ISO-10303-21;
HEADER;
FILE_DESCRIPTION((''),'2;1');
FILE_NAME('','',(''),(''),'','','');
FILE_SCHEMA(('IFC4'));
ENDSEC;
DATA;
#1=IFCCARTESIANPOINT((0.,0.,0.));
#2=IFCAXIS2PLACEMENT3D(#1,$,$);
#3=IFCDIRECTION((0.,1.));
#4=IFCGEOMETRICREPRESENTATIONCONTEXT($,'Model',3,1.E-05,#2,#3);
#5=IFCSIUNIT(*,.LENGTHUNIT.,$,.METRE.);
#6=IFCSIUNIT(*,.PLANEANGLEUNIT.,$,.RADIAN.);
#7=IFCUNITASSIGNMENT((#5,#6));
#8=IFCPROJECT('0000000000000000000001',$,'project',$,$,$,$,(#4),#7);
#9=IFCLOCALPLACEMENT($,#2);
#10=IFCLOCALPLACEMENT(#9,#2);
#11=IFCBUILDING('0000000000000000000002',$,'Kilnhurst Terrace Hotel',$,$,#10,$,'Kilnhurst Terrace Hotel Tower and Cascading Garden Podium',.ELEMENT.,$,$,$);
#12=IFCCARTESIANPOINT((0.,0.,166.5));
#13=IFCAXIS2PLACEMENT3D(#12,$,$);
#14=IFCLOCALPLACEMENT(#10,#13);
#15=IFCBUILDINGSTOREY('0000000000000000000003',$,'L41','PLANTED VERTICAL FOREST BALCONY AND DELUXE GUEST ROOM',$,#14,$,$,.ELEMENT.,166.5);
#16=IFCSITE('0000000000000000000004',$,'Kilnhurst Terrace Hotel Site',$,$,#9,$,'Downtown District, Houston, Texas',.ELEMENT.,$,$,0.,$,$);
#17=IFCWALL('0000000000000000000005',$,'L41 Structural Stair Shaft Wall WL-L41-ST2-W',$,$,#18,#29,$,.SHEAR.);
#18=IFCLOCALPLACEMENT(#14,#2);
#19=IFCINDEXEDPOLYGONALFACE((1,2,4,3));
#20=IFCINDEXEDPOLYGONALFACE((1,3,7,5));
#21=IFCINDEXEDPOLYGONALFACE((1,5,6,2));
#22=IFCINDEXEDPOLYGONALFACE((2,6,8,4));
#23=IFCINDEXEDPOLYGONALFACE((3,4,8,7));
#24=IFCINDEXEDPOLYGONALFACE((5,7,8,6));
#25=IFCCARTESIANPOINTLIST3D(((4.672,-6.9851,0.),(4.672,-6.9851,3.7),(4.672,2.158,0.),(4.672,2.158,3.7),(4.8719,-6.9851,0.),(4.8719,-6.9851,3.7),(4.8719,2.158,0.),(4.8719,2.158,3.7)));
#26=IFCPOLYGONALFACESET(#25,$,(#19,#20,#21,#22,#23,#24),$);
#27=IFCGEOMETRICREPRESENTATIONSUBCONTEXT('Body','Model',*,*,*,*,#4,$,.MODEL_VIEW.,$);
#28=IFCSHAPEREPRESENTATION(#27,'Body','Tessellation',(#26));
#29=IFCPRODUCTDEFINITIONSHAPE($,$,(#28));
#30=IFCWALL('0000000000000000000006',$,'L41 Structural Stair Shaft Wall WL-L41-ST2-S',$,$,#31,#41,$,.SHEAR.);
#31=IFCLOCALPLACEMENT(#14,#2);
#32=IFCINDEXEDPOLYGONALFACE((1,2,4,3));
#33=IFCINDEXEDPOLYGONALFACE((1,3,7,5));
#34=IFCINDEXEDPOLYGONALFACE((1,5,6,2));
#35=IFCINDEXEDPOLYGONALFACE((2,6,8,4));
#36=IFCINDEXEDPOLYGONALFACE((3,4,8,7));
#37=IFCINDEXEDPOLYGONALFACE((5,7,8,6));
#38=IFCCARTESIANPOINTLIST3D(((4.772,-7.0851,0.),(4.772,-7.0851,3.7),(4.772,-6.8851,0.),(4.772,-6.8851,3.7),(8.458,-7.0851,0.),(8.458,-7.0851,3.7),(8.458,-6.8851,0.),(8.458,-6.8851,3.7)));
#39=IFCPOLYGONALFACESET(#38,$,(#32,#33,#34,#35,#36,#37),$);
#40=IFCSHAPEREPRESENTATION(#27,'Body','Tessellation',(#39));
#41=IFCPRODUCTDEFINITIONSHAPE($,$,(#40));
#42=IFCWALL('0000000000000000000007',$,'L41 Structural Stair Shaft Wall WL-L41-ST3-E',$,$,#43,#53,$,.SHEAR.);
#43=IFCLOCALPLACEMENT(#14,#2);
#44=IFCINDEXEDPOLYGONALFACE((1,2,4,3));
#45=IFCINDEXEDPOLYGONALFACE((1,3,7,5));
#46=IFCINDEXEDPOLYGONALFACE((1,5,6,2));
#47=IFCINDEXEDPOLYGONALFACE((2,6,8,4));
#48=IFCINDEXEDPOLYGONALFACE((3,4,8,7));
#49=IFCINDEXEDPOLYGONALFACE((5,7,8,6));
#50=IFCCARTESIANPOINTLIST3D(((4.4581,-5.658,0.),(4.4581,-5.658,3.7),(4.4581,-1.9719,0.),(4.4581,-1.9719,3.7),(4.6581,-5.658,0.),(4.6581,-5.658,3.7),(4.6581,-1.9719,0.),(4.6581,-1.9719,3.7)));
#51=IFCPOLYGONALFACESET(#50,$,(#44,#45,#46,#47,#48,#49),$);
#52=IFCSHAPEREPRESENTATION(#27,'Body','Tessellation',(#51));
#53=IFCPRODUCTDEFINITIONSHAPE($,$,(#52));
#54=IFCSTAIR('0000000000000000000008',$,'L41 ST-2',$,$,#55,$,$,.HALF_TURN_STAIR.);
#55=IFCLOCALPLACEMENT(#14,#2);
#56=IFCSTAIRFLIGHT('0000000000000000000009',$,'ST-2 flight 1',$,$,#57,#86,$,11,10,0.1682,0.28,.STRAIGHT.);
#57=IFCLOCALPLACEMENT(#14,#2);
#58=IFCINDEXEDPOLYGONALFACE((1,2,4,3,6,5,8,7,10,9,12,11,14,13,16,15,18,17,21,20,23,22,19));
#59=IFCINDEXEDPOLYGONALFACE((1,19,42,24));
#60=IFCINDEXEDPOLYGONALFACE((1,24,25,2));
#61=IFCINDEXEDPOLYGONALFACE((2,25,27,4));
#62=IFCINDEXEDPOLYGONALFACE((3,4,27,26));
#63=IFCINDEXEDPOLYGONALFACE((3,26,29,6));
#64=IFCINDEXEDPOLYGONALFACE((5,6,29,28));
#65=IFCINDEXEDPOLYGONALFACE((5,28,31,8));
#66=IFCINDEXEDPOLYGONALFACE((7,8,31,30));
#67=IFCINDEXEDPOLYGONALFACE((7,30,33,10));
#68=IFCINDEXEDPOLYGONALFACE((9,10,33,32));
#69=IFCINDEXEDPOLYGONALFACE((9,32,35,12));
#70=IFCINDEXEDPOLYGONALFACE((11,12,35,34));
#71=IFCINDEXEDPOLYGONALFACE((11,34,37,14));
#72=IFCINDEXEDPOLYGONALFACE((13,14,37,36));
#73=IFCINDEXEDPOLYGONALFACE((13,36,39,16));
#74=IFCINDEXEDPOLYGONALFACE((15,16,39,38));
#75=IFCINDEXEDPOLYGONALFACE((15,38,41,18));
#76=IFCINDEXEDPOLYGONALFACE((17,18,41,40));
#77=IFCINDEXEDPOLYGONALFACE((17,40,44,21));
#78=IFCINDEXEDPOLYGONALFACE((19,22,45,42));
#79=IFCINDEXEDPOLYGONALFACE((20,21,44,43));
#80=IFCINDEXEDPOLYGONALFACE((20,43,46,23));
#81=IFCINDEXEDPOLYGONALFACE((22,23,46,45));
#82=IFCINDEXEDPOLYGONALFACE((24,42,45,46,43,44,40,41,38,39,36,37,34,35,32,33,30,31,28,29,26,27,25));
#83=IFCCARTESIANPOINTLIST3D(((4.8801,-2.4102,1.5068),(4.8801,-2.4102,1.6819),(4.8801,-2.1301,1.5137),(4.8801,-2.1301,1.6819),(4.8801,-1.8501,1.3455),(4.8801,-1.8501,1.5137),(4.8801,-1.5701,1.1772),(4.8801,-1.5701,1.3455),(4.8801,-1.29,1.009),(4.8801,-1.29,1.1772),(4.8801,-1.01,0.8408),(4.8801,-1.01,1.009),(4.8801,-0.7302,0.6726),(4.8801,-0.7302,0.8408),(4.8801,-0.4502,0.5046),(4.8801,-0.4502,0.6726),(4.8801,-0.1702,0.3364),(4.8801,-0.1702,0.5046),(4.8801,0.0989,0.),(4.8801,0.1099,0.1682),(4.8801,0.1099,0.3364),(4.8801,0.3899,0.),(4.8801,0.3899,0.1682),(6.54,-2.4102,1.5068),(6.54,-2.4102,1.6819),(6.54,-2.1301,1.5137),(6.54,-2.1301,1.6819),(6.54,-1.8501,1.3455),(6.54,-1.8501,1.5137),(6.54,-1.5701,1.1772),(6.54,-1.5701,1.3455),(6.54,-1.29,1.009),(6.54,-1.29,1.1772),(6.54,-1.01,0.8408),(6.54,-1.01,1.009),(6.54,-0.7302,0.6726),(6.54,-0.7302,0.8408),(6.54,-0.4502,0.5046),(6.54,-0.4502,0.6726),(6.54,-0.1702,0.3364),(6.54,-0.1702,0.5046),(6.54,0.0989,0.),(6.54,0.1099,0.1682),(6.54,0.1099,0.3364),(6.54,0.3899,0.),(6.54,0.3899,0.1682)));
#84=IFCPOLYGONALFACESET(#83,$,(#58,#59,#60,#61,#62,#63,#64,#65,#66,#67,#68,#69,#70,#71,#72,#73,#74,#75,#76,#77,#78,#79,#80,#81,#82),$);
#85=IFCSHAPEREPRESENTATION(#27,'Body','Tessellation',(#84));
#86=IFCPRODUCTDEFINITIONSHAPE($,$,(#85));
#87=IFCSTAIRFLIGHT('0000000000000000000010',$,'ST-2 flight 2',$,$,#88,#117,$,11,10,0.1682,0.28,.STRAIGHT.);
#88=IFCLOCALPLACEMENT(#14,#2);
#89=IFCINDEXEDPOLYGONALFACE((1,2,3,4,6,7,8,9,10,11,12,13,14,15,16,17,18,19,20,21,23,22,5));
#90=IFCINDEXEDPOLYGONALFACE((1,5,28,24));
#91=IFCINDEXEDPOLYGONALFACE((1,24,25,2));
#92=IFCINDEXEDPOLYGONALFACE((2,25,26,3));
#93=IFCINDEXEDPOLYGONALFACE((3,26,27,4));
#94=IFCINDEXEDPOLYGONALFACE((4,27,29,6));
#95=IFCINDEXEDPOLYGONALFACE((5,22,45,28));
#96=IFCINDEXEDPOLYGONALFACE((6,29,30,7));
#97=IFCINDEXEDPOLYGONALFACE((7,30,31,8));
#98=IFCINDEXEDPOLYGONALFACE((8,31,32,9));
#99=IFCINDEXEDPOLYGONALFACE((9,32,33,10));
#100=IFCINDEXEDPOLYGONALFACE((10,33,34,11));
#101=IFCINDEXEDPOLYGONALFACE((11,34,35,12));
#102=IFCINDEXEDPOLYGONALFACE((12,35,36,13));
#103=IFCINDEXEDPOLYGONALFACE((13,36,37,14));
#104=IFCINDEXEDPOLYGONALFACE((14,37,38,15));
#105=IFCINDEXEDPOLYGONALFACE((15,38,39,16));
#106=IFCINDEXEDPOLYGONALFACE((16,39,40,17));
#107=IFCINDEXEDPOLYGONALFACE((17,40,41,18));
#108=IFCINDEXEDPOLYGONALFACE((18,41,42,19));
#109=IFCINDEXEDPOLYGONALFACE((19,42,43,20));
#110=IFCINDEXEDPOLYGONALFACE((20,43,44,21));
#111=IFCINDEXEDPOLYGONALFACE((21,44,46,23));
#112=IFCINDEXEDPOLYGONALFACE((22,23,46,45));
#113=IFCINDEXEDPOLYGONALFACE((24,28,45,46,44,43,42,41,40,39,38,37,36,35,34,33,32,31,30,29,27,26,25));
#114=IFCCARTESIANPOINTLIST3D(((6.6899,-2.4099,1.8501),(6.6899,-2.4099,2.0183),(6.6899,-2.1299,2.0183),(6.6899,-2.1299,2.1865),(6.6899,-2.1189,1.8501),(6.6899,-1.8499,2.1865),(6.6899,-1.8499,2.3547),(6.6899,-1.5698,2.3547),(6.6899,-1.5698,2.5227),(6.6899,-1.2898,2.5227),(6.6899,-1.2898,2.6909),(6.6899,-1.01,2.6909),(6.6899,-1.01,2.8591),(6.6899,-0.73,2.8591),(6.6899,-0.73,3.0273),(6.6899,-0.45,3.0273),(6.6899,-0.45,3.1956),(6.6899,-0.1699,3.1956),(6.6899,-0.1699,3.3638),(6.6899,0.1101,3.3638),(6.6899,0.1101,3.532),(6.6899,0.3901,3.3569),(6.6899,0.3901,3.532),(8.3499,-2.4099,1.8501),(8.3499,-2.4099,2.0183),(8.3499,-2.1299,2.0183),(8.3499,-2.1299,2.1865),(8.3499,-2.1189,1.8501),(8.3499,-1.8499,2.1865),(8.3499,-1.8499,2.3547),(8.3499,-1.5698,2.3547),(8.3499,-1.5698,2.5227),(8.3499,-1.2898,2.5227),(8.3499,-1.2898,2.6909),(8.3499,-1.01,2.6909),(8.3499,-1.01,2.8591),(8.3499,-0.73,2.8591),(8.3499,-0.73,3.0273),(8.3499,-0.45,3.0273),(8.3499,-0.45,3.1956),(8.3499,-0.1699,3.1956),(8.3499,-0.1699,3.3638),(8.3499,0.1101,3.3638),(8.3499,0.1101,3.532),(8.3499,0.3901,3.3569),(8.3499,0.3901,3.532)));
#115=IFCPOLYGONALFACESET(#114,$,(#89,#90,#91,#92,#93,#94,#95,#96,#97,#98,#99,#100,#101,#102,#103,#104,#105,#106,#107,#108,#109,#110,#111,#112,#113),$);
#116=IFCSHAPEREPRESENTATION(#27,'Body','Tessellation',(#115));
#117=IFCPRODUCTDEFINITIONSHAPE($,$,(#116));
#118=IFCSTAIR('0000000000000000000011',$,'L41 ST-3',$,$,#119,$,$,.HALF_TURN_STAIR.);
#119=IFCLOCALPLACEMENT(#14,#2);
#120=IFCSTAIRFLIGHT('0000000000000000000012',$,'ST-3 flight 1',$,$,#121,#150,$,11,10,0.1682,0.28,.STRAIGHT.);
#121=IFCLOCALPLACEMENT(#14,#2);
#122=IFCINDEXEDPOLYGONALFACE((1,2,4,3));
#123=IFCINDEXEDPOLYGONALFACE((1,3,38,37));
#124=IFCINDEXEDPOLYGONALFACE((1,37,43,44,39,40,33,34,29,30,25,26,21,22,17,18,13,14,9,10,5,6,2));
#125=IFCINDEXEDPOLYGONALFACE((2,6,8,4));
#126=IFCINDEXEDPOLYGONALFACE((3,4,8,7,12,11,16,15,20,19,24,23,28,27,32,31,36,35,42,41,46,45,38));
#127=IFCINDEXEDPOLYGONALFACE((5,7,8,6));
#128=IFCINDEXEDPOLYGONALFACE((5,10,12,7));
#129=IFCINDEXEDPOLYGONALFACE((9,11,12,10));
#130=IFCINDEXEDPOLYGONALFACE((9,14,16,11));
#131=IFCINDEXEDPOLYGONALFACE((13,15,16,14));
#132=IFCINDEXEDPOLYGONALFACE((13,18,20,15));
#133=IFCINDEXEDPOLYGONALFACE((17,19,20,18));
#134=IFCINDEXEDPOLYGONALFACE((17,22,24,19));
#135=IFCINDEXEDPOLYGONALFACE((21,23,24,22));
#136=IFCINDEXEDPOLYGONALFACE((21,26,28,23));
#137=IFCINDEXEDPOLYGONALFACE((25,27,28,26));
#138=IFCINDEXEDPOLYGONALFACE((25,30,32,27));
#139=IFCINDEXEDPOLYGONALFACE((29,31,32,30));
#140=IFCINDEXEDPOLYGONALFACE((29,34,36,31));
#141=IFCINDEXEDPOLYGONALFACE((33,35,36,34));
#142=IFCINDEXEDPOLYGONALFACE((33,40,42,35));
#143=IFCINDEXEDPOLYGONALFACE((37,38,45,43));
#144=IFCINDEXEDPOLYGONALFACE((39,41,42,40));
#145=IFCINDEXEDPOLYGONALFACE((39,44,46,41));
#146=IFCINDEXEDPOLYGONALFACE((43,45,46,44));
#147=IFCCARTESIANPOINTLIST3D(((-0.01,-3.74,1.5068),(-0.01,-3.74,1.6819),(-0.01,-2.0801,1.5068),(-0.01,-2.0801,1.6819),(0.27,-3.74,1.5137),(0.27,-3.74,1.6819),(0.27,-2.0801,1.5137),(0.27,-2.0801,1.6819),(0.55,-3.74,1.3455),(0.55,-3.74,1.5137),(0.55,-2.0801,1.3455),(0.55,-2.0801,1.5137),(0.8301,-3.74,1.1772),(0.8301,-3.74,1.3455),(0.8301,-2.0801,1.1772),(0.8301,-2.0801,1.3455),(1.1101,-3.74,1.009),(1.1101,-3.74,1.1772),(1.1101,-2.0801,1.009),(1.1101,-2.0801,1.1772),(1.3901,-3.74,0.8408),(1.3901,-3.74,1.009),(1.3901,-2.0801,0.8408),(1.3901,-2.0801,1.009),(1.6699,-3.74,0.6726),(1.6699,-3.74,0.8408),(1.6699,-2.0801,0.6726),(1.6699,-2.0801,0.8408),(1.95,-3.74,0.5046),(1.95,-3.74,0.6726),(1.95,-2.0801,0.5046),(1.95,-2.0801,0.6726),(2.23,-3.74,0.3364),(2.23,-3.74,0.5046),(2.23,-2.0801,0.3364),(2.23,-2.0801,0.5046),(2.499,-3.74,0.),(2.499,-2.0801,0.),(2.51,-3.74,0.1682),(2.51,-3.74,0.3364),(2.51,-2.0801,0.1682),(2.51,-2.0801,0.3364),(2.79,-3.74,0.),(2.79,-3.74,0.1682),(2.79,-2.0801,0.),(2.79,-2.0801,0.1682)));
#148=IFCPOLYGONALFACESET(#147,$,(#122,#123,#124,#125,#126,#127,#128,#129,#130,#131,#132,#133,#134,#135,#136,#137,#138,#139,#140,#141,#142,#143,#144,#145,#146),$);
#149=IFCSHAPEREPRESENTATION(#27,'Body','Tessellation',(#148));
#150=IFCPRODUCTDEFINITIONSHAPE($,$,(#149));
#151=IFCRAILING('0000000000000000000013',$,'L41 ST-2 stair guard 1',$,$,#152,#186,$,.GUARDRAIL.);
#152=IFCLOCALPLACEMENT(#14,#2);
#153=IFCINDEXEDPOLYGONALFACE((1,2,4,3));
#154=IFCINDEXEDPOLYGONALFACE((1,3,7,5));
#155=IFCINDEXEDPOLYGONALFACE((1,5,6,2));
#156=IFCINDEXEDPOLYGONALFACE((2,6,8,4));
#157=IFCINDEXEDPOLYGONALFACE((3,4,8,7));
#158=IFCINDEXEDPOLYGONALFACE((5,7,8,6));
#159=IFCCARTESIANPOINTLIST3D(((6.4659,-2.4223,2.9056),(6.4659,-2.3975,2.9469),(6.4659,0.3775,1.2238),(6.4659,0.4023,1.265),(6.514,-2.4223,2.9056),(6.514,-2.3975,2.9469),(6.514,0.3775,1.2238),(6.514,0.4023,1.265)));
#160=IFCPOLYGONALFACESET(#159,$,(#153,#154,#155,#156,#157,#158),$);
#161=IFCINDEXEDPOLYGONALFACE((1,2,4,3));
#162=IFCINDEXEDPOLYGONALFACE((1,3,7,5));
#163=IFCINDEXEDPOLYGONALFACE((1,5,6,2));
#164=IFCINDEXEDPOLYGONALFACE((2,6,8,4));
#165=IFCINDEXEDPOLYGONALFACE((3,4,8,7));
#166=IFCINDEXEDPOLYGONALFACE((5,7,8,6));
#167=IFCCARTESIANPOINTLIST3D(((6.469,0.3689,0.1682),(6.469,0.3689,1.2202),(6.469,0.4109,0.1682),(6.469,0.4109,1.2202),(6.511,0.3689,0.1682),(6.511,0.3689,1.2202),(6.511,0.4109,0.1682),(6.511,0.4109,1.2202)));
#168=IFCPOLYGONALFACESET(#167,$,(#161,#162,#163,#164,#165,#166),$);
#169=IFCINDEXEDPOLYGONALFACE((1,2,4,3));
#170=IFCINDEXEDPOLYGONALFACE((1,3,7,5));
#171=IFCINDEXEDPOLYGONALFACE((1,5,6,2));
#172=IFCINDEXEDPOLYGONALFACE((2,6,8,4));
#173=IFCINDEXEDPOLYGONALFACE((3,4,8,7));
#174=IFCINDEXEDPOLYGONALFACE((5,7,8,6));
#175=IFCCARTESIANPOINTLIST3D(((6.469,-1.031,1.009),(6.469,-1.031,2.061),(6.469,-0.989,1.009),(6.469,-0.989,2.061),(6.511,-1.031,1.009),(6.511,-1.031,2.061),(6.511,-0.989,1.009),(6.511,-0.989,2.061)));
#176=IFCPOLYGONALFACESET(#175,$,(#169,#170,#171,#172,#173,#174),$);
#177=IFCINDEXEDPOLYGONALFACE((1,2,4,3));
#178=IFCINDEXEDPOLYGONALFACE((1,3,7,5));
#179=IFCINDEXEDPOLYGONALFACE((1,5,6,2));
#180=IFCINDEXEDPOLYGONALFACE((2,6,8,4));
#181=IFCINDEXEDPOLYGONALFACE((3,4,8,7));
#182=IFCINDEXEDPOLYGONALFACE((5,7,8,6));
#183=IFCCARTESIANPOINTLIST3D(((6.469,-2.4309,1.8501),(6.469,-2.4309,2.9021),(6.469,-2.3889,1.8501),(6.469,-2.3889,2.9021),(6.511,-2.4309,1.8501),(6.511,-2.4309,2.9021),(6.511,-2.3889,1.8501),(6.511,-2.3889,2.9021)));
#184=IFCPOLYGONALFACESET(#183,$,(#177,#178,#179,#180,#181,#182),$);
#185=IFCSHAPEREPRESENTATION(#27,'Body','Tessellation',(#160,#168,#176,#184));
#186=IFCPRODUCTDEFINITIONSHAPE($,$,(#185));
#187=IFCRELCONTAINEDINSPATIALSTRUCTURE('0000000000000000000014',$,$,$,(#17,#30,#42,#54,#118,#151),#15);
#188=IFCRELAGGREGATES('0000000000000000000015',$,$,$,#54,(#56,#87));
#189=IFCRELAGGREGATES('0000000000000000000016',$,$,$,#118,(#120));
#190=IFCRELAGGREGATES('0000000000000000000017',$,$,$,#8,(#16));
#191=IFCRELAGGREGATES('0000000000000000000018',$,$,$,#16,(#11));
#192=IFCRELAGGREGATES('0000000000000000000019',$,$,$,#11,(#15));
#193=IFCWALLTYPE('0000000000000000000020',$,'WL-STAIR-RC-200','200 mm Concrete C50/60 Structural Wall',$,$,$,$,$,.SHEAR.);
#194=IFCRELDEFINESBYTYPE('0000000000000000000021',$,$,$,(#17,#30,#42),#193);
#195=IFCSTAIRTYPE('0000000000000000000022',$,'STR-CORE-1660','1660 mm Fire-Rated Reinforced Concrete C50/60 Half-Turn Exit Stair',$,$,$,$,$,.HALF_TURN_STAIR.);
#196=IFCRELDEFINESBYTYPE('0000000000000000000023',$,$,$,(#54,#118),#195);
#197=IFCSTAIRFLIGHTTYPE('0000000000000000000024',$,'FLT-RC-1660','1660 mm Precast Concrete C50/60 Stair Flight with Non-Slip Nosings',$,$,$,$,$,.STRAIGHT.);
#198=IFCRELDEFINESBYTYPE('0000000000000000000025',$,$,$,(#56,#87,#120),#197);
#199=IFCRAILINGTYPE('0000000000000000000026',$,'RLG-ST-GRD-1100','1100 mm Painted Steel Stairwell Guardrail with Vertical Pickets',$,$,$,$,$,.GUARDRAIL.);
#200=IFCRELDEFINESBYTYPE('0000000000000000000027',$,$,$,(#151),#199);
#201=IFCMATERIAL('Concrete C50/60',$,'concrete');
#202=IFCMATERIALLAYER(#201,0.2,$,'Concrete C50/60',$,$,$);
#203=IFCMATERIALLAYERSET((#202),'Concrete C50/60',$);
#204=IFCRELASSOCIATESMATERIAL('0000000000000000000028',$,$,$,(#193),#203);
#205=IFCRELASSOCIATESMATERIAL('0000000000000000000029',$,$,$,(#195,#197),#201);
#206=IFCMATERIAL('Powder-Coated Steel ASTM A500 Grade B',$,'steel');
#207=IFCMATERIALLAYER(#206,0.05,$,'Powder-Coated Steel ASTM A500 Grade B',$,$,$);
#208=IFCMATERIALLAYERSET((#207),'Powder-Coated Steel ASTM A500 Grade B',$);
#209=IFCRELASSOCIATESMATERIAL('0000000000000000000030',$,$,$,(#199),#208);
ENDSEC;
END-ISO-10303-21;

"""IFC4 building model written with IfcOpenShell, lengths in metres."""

from ifc_helpers import new_model, si_unit, direction, frame, frame_2d, origin, origin_2d, place, context, subcontext, project, spatial, polyline, rectangle, outline, extrude, material, layer, layer_set, type_object, element, aggregate, save


model = new_model("IFC4")

# Units and contexts
model_context = context("Model", 3, precision=1e-05, world=origin(), true_north=direction((0.0, 1.0)))
body_context = subcontext(model_context, "Body", "Model", "MODEL_VIEW")
ifc_project = project(units=[si_unit("LENGTHUNIT", "METRE"), si_unit("PLANEANGLEUNIT", "RADIAN")], contexts=[model_context])

# Site, building, storey
site_placement = place(None, origin())
site = spatial("IfcSite", under=ifc_project, at=site_placement, Name="Kilnhurst Terrace Hotel Site", LongName="Downtown District, Houston, Texas", CompositionType="ELEMENT", RefElevation=0.0)
building_placement = place(site_placement, origin())
building = spatial("IfcBuilding", under=site, at=building_placement, Name="Kilnhurst Terrace Hotel", LongName="Kilnhurst Terrace Hotel Tower and Cascading Garden Podium", CompositionType="ELEMENT")
storey_placement = place(building_placement, frame((0.0, 0.0, 166.5)))
storey = spatial("IfcBuildingStorey", under=building, at=storey_placement, Name="L41", Description="PLANTED VERTICAL FOREST BALCONY AND DELUXE GUEST ROOM", CompositionType="ELEMENT", Elevation=166.5)

# Shared definitions
ifc_material_1 = material(Name="Concrete C50/60", Category="concrete")

# Walls
ifc_layer_1 = layer(ifc_material_1, 0.2, Name="Concrete C50/60")
ifc_layer_set_1 = layer_set([ifc_layer_1], Name="Concrete C50/60")
wall_type_1 = type_object("IfcWallType", Name="WL-STAIR-RC-200", Description="200 mm Concrete C50/60 Structural Wall", PredefinedType="SHEAR", material=ifc_layer_set_1)
wall_1_placement = place(storey_placement, frame((4.772, -6.9851, 0.0), z_axis=(0.0, 0.0, 1.0), x_axis=(0.0, 1.0, 0.0)))
element("IfcWall", 1, at=wall_1_placement, inside=storey, type_object=wall_type_1, Name="L41 Structural Stair Shaft Wall WL-L41-ST2-W", PredefinedType="SHEAR", context=body_context, shape_type="SweptSolid", body=[
    extrude(rectangle(XDim=9.1431, YDim=0.2, at=frame_2d((4.5715, 0.0))), origin(), (0.0, 0.0, 1.0), 3.7),
])
for number, where, z_axis, x_axis, name in (
    (2, (4.772, -6.9851, 0.0), (0.0, 0.0, 1.0), (1.0, 0.0, 0.0), "L41 Structural Stair Shaft Wall WL-L41-ST2-S"),
    (3, (4.5581, -5.658, 0.0), (0.0, 0.0, 1.0), (0.0, 1.0, 0.0), "L41 Structural Stair Shaft Wall WL-L41-ST3-E"),
):
    element("IfcWall", number, at=place(storey_placement, frame(where, z_axis=z_axis, x_axis=x_axis)), inside=storey, type_object=wall_type_1, Name=name, PredefinedType="SHEAR", context=body_context, shape_type="SweptSolid", body=[
        extrude(rectangle(XDim=3.686, YDim=0.2, at=frame_2d((1.843, 0.0))), origin(), (0.0, 0.0, 1.0), 3.7),
    ])

# Stair, stair flights
stair_type = type_object("IfcStairType", Name="STR-CORE-1660", Description="1660 mm Fire-Rated Reinforced Concrete C50/60 Half-Turn Exit Stair", PredefinedType="HALF_TURN_STAIR", material=ifc_material_1)
stair_1_placement = place(storey_placement, origin())
stair_1 = element("IfcStair", 4, at=stair_1_placement, inside=storey, type_object=stair_type, Name="L41 ST-2", PredefinedType="HALF_TURN_STAIR")
stair_flight_type = type_object("IfcStairFlightType", Name="FLT-RC-1660", Description="1660 mm Precast Concrete C50/60 Stair Flight with Non-Slip Nosings", PredefinedType="STRAIGHT", material=ifc_material_1)
stair_flight_1_placement = place(storey_placement, frame((5.71, 0.3899, 0.0), z_axis=(0.0, 0.0, 1.0), x_axis=(0.0, -1.0, 0.0)))
stair_flight_1 = element("IfcStairFlight", 5, at=stair_flight_1_placement, type_object=stair_flight_type, Name="ST-2 flight 1", NumberOfRisers=11, NumberOfTreads=10, PredefinedType="STRAIGHT", RiserHeight=0.1682, TreadLength=0.28, context=body_context, shape_type="SweptSolid", body=[
    extrude(outline(polyline([(0.0, 0.0), (0.0, 0.1682), (0.28, 0.1682), (0.28, 0.3364), (0.5601, 0.3364), (0.5601, 0.5046), (0.8401, 0.5046), (0.8401, 0.6726), (1.1201, 0.6726), (1.1201, 0.8408), (1.3999, 0.8408), (1.3999, 1.009), (1.6799, 1.009), (1.6799, 1.1772), (1.96, 1.1772), (1.96, 1.3455), (2.24, 1.3455), (2.24, 1.5137), (2.52, 1.5137), (2.52, 1.6819), (2.8, 1.6819), (2.8, 1.8501), (2.8, 1.5068), (0.291, 0.0), (0.0, 0.0)])), frame((0.0, 0.8301, 0.0), z_axis=(0.0, -1.0, 0.0), x_axis=(1.0, 0.0, 0.0)), (0.0, 0.0, 1.0), 1.6599),
])
stair_flight_2_placement = place(storey_placement, frame((7.52, -2.4099, 1.8501), z_axis=(0.0, 0.0, 1.0), x_axis=(0.0, 1.0, 0.0)))
stair_flight_2 = element("IfcStairFlight", 6, at=stair_flight_2_placement, type_object=stair_flight_type, Name="ST-2 flight 2", NumberOfRisers=11, NumberOfTreads=10, PredefinedType="STRAIGHT", RiserHeight=0.1682, TreadLength=0.28, context=body_context, shape_type="SweptSolid", body=[
    extrude(outline(polyline([(0.0, 0.0), (0.0, 0.1682), (0.28, 0.1682), (0.28, 0.3364), (0.5601, 0.3364), (0.5601, 0.5046), (0.8401, 0.5046), (0.8401, 0.6726), (1.1201, 0.6726), (1.1201, 0.8408), (1.3999, 0.8408), (1.3999, 1.009), (1.6799, 1.009), (1.6799, 1.1772), (1.96, 1.1772), (1.96, 1.3455), (2.24, 1.3455), (2.24, 1.5137), (2.52, 1.5137), (2.52, 1.6819), (2.8, 1.6819), (2.8, 1.8501), (2.8, 1.5068), (0.291, 0.0), (0.0, 0.0)])), frame((0.0, 0.8301, 0.0), z_axis=(0.0, -1.0, 0.0), x_axis=(1.0, 0.0, 0.0)), (0.0, 0.0, 1.0), 1.6599),
])
aggregate(stair_1, [stair_flight_1, stair_flight_2])

# Stair, stair flight
stair_2_placement = place(storey_placement, origin())
stair_2 = element("IfcStair", 7, at=stair_2_placement, inside=storey, type_object=stair_type, Name="L41 ST-3", PredefinedType="HALF_TURN_STAIR")
stair_flight_3_placement = place(storey_placement, frame((2.79, -2.9099, 0.0), z_axis=(0.0, 0.0, 1.0), x_axis=(-1.0, 0.0, 0.0)))
stair_flight_3 = element("IfcStairFlight", 8, at=stair_flight_3_placement, type_object=stair_flight_type, Name="ST-3 flight 1", NumberOfRisers=11, NumberOfTreads=10, PredefinedType="STRAIGHT", RiserHeight=0.1682, TreadLength=0.28, context=body_context, shape_type="SweptSolid", body=[
    extrude(outline(polyline([(0.0, 0.0), (0.0, 0.1682), (0.28, 0.1682), (0.28, 0.3364), (0.5601, 0.3364), (0.5601, 0.5046), (0.8401, 0.5046), (0.8401, 0.6726), (1.1201, 0.6726), (1.1201, 0.8408), (1.3999, 0.8408), (1.3999, 1.009), (1.6799, 1.009), (1.6799, 1.1772), (1.96, 1.1772), (1.96, 1.3455), (2.24, 1.3455), (2.24, 1.5137), (2.52, 1.5137), (2.52, 1.6819), (2.8, 1.6819), (2.8, 1.8501), (2.8, 1.5068), (0.291, 0.0), (0.0, 0.0)])), frame((0.0, 0.8301, 0.0), z_axis=(0.0, -1.0, 0.0), x_axis=(1.0, 0.0, 0.0)), (0.0, 0.0, 1.0), 1.6599),
])
aggregate(stair_2, [stair_flight_3])

# Railing
ifc_material_2 = material(Name="Powder-Coated Steel ASTM A500 Grade B", Category="steel")
ifc_layer_2 = layer(ifc_material_2, 0.05, Name="Powder-Coated Steel ASTM A500 Grade B")
ifc_layer_set_2 = layer_set([ifc_layer_2], Name="Powder-Coated Steel ASTM A500 Grade B")
railing_type_1 = type_object("IfcRailingType", Name="RLG-ST-GRD-1100", Description="1100 mm Painted Steel Stairwell Guardrail with Vertical Pickets", PredefinedType="GUARDRAIL", material=ifc_layer_set_2)
railing_1_placement = place(storey_placement, frame((6.49, 0.3899, 0.1682)))
element("IfcRailing", 9, at=railing_1_placement, inside=storey, type_object=railing_type_1, Name="L41 ST-2 stair guard 1", PredefinedType="GUARDRAIL", context=body_context, shape_type="SweptSolid", body=[
    extrude(rectangle(XDim=0.0481, YDim=0.0481, at=origin_2d()), frame((0.0, 0.0, 1.0762), z_axis=(0.0, -0.857222, 0.514946), x_axis=(1.0, 0.0, 0.0)), (0.0, 0.0, 1.0), 3.2661),
    extrude(rectangle(XDim=0.042, YDim=0.042, at=origin_2d()), origin(), (0.0, 0.0, 1.0), 1.052),
    extrude(rectangle(XDim=0.042, YDim=0.042, at=origin_2d()), frame((0.0, -1.3999, 0.8408)), (0.0, 0.0, 1.0), 1.052),
    extrude(rectangle(XDim=0.042, YDim=0.042, at=origin_2d()), frame((0.0, -2.7998, 1.6819)), (0.0, 0.0, 1.0), 1.052),
])

save(model, "model.ifc")
